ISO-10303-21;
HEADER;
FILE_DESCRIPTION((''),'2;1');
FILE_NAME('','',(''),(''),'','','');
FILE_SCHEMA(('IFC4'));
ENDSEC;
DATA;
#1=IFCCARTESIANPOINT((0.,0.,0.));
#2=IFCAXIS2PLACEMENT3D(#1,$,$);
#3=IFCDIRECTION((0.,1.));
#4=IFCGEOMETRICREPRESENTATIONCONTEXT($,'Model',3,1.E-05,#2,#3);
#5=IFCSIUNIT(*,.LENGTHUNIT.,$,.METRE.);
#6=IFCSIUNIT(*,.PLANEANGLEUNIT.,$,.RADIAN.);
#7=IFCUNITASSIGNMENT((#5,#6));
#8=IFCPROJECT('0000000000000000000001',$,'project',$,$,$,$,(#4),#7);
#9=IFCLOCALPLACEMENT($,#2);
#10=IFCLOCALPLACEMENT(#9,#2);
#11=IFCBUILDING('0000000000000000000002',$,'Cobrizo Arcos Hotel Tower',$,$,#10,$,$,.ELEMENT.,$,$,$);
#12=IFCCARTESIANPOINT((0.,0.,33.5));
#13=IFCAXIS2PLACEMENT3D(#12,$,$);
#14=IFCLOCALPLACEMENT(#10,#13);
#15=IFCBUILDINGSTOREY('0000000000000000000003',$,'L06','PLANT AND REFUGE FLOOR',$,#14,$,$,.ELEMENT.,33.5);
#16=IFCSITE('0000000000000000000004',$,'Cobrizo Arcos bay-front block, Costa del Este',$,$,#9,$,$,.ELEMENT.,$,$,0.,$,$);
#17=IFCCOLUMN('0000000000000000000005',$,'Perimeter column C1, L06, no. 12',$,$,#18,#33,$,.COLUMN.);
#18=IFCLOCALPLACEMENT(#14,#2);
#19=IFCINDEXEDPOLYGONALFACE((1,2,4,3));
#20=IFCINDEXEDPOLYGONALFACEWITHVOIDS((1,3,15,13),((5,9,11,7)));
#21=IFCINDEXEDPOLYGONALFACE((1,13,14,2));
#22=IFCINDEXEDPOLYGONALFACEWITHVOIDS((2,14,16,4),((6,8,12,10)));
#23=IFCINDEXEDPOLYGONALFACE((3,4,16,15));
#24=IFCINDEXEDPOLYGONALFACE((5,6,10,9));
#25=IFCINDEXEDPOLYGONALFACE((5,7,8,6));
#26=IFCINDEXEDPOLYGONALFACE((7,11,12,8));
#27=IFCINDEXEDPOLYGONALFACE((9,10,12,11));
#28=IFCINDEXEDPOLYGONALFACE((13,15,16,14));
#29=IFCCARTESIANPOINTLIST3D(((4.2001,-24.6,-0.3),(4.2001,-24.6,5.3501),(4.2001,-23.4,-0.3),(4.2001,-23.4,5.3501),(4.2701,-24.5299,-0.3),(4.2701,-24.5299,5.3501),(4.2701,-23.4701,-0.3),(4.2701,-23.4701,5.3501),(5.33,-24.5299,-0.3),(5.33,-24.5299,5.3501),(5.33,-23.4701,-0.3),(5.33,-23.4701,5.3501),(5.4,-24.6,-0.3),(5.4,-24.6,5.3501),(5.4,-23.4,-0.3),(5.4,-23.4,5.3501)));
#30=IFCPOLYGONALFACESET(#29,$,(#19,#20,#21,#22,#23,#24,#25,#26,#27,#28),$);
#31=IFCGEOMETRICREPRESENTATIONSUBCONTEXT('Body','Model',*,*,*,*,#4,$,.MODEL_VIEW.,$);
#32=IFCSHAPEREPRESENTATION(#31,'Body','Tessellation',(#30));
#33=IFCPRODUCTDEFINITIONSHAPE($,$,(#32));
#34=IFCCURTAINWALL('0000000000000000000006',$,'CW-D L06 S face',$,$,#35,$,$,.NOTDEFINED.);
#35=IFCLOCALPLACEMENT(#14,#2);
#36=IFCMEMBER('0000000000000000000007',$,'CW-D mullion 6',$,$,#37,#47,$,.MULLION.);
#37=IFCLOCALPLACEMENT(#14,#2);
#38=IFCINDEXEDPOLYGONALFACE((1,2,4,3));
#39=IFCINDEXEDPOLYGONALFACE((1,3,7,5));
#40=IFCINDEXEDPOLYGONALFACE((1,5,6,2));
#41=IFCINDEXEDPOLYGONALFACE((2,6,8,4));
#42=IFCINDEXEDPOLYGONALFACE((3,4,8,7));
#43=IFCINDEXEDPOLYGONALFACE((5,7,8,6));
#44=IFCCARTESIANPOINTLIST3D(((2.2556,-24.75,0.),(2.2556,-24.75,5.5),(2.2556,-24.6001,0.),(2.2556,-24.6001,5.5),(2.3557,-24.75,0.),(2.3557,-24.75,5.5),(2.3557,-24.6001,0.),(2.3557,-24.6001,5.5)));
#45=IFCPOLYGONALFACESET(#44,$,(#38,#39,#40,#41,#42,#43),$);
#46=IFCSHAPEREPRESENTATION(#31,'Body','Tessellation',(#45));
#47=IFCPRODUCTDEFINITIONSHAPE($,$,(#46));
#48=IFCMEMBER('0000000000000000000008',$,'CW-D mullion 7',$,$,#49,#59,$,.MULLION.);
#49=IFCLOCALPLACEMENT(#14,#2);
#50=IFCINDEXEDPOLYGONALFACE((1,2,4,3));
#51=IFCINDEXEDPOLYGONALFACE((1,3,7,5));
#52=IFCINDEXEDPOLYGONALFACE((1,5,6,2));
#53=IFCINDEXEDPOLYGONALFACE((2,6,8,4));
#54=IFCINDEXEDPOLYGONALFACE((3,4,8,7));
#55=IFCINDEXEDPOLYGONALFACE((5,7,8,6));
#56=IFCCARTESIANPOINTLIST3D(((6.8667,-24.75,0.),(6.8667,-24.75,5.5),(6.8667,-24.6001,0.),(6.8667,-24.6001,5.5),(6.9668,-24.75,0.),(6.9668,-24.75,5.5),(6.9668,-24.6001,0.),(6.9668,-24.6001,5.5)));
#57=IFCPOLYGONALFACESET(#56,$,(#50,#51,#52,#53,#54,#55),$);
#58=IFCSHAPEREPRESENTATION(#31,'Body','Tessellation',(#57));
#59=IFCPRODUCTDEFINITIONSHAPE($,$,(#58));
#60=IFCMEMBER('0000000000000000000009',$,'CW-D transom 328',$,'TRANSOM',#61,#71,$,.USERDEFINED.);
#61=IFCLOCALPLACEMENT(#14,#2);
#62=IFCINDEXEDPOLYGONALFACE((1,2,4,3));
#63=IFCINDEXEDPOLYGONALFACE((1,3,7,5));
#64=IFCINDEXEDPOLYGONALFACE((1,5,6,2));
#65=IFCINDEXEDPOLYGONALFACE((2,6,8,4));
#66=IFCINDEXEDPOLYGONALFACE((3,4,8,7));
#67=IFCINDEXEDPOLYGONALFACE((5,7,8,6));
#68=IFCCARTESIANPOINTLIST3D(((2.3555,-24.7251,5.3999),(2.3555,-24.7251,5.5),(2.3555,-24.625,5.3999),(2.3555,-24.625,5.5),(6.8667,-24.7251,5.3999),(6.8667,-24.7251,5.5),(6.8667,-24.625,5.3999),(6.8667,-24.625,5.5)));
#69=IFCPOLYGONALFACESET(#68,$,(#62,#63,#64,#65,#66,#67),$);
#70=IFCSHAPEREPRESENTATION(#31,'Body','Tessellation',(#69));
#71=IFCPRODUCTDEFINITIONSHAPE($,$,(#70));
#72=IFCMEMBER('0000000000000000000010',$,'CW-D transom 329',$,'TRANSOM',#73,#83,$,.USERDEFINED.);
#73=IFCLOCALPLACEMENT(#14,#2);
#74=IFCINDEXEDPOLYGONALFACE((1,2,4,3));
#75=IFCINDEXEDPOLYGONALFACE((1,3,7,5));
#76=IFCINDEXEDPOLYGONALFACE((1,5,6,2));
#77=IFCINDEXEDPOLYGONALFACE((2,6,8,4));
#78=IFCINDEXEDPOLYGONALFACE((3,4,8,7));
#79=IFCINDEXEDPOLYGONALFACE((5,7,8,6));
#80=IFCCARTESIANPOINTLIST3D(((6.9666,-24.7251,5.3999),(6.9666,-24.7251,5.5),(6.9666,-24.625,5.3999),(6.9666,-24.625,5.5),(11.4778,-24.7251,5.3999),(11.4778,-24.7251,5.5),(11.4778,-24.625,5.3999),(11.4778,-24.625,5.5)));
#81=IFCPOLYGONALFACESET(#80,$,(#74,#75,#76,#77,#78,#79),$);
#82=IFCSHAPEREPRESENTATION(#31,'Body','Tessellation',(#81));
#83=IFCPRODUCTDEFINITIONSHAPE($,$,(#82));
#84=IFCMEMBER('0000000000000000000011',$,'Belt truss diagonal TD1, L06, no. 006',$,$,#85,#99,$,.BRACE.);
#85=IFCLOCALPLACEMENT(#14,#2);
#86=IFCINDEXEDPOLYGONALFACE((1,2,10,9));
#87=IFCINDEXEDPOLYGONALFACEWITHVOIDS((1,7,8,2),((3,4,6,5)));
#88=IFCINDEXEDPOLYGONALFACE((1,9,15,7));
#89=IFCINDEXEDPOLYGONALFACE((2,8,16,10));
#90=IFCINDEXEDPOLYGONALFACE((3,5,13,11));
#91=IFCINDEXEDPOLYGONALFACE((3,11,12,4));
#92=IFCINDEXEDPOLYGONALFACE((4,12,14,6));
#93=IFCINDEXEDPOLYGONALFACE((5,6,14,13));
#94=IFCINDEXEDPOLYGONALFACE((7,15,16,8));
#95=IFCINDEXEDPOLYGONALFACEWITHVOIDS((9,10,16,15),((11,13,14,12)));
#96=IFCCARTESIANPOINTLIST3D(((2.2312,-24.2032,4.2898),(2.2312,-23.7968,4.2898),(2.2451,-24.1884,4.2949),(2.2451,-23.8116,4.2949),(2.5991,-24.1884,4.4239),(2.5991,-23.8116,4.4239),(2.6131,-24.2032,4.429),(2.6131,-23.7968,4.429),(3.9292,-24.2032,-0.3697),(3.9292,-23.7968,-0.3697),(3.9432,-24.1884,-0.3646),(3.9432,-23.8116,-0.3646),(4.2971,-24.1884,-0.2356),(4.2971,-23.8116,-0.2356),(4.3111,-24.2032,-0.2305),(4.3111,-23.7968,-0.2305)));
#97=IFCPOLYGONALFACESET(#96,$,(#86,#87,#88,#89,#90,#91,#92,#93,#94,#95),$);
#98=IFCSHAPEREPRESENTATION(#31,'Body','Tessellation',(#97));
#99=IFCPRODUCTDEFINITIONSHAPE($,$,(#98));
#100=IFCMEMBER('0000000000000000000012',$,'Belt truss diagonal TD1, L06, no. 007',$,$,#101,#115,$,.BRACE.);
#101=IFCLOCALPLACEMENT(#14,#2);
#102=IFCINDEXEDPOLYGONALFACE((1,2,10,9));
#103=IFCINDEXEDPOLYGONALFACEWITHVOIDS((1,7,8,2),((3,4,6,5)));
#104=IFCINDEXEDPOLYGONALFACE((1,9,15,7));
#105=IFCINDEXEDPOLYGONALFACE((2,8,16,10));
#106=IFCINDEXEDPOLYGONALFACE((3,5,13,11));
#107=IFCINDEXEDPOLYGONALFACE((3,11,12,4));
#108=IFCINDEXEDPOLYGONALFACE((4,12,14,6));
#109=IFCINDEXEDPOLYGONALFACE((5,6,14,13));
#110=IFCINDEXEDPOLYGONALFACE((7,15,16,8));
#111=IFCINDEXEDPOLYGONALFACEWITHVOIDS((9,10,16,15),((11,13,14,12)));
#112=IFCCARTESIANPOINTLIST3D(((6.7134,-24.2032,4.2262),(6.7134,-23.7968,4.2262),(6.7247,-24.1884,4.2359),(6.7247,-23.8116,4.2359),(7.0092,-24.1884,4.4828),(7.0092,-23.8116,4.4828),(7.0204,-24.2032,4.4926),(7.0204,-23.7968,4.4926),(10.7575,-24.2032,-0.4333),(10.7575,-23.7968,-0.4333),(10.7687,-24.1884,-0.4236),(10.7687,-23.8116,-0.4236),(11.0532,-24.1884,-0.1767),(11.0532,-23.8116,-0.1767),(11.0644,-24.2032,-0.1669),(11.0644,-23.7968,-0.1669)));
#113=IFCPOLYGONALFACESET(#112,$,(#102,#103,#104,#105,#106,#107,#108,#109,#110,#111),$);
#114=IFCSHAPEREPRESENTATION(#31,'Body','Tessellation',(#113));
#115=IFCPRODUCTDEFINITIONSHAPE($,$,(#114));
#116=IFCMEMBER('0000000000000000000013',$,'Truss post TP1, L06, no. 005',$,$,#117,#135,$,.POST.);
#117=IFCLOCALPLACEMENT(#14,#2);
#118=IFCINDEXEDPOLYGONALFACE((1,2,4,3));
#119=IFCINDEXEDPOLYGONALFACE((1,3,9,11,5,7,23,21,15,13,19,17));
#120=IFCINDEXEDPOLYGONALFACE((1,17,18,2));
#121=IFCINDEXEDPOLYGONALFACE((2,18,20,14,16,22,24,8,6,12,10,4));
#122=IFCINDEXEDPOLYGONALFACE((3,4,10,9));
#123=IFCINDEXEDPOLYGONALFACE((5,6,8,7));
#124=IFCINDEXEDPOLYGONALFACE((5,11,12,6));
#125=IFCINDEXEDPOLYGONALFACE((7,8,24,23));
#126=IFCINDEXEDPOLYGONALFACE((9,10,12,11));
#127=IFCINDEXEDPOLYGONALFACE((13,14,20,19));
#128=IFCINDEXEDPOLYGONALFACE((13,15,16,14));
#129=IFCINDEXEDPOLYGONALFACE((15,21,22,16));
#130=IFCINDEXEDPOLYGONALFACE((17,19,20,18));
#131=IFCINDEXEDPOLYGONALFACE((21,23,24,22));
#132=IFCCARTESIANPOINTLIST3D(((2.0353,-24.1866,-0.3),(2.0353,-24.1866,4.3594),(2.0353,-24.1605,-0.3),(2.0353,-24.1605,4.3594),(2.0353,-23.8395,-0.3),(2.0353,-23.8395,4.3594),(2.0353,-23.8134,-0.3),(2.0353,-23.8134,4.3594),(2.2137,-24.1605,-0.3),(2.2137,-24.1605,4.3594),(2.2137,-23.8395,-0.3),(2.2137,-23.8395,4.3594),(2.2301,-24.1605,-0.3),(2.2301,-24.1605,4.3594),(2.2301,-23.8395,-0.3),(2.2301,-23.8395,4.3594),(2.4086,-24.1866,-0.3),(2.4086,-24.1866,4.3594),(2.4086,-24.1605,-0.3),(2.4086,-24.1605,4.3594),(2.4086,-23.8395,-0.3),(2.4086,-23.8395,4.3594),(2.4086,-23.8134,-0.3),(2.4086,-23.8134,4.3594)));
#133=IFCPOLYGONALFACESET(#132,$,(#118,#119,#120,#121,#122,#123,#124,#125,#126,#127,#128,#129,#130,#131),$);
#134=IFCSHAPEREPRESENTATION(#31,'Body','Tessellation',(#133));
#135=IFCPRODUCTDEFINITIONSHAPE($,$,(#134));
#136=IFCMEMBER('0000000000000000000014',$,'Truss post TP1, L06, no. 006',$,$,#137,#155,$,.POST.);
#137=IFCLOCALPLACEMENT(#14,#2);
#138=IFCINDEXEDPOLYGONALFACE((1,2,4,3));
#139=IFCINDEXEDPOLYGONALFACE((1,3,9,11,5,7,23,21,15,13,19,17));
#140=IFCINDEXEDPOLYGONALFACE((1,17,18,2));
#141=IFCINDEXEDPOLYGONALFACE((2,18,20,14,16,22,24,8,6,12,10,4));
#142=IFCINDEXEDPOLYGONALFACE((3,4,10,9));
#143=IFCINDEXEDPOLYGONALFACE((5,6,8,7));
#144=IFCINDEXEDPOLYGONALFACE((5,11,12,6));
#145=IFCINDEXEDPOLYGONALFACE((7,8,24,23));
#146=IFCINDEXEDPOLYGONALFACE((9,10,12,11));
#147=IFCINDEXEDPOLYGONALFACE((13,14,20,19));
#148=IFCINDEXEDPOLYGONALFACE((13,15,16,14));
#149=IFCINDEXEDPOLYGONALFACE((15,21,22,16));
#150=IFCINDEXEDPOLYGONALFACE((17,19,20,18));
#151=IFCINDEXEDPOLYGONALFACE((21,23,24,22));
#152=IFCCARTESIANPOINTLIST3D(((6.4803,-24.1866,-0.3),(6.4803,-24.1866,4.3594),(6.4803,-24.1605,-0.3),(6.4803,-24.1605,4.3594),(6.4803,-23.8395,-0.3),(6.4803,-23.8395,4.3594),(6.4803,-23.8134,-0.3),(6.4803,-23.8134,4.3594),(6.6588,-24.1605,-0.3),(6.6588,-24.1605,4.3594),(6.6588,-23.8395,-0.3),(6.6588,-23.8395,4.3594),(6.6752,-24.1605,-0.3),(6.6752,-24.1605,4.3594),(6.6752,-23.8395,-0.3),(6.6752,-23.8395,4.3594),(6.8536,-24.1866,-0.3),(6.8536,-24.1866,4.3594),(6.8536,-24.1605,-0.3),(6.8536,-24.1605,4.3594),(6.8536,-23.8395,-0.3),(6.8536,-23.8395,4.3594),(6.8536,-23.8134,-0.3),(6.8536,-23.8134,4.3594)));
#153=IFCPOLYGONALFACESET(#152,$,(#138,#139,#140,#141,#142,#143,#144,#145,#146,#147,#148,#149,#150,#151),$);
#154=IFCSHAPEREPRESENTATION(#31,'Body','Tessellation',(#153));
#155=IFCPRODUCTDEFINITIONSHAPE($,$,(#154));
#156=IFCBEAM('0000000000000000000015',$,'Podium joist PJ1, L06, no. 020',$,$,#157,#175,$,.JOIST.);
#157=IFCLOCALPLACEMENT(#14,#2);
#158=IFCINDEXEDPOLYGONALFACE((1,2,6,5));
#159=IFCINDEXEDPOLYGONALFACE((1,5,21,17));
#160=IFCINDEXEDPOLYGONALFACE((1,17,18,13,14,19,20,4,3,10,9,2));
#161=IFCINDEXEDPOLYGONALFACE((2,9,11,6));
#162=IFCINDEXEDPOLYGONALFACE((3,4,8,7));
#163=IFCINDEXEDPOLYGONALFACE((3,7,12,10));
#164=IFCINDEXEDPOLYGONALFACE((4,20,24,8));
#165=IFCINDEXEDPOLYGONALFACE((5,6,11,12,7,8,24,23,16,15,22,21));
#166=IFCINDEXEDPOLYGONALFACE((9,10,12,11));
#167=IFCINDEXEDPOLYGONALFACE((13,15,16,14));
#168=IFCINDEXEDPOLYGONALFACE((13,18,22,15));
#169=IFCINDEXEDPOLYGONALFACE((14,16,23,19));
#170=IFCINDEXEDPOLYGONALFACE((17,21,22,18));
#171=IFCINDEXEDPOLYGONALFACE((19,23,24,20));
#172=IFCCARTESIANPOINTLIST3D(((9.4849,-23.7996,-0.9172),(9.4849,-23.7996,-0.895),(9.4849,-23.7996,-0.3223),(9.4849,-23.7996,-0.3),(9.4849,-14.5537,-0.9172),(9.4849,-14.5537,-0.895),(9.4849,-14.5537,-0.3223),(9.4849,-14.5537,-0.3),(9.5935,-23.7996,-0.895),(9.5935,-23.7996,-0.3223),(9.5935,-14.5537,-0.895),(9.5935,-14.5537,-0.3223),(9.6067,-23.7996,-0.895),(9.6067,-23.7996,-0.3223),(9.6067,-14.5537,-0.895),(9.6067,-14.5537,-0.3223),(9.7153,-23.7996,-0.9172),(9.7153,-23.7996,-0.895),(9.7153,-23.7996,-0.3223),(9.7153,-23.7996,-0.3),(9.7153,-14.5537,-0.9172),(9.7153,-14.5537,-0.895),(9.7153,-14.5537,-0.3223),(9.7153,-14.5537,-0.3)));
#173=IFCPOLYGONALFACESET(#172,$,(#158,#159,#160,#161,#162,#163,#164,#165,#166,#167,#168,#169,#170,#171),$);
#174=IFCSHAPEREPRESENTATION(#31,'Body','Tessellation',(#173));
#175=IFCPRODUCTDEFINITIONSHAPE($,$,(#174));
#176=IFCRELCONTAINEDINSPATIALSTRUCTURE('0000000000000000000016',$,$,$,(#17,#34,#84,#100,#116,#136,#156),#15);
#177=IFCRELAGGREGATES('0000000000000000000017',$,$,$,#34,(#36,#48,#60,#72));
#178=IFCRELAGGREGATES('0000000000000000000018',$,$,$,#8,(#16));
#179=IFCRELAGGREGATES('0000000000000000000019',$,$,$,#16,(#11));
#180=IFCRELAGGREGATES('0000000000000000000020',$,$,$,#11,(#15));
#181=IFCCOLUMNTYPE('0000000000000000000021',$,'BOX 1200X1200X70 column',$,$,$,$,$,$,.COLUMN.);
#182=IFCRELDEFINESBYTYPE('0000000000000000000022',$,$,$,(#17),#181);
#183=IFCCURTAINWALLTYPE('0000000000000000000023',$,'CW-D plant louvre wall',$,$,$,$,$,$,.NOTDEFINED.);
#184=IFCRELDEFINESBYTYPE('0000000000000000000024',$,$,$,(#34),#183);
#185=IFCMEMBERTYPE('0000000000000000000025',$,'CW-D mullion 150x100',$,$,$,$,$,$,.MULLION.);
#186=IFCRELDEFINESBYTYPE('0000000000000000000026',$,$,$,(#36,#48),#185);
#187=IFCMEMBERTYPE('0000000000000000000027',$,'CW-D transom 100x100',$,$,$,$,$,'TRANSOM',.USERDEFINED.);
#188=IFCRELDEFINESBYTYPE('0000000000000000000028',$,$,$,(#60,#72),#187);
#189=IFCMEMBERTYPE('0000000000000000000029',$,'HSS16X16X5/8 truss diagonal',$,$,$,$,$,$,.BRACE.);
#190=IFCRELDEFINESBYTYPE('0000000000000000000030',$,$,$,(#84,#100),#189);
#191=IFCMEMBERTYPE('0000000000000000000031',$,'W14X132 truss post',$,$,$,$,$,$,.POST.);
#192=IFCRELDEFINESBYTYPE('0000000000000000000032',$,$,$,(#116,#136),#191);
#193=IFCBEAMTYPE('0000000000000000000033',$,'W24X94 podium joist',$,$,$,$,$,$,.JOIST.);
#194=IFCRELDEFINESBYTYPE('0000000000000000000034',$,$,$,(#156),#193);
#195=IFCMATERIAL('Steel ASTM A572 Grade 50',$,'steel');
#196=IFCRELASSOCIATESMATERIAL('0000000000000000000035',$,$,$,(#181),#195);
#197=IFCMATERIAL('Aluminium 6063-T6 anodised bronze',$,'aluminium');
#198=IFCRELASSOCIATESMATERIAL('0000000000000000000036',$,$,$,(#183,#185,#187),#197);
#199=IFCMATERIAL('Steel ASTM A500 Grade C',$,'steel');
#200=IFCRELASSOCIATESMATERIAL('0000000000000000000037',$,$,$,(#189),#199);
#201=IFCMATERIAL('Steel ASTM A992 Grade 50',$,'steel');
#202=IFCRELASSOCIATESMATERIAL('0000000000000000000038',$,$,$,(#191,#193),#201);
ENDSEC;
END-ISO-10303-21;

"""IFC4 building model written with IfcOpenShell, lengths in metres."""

from ifc_helpers import new_model, si_unit, direction, frame, origin, origin_2d, place, context, subcontext, project, spatial, rectangle, hollow_rectangle, i_section, extrude, material, material_profile, profile_set, type_object, element, aggregate, save


model = new_model("IFC4")

# Units and contexts
model_context = context("Model", 3, precision=1e-05, world=origin(), true_north=direction((0.0, 1.0)))
body_context = subcontext(model_context, "Body", "Model", "MODEL_VIEW")
ifc_project = project(units=[si_unit("LENGTHUNIT", "METRE"), si_unit("PLANEANGLEUNIT", "RADIAN")], contexts=[model_context])

# Site, building, storey
site_placement = place(None, origin())
site = spatial("IfcSite", under=ifc_project, at=site_placement, Name="Cobrizo Arcos bay-front block, Costa del Este", CompositionType="ELEMENT", RefElevation=0.0)
building_placement = place(site_placement, origin())
building = spatial("IfcBuilding", under=site, at=building_placement, Name="Cobrizo Arcos Hotel Tower", CompositionType="ELEMENT")
storey_placement = place(building_placement, frame((0.0, 0.0, 33.5)))
storey = spatial("IfcBuildingStorey", under=building, at=storey_placement, Name="L06", Description="PLANT AND REFUGE FLOOR", CompositionType="ELEMENT", Elevation=33.5)

# Column
ifc_material_1 = material(Name="Steel ASTM A572 Grade 50", Category="steel")
ifc_material_profile_1 = material_profile(ifc_material_1, hollow_rectangle(XDim=1.2, YDim=1.2, WallThickness=0.0701, at=origin_2d()), Name="BOX 1200X1200X70")
ifc_profile_set_1 = profile_set([ifc_material_profile_1], Name="Steel ASTM A572 Grade 50")
column_type = type_object("IfcColumnType", Name="BOX 1200X1200X70 column", PredefinedType="COLUMN", material=ifc_profile_set_1)
column_placement = place(storey_placement, frame((4.8, -24.0, -0.3), z_axis=(0.0, 0.0, 1.0), x_axis=(1.0, 0.0, 0.0)))
element("IfcColumn", 1, at=column_placement, inside=storey, type_object=column_type, Name="Perimeter column C1, L06, no. 12", PredefinedType="COLUMN", context=body_context, shape_type="SweptSolid", body=[
    extrude(hollow_rectangle(XDim=1.2, YDim=1.2, WallThickness=0.0701, at=origin_2d()), origin(), (0.0, 0.0, 1.0), 5.6501),
])

# Curtain wall, members
ifc_material_2 = material(Name="Aluminium 6063-T6 anodised bronze", Category="aluminium")
curtain_wall_type = type_object("IfcCurtainWallType", Name="CW-D plant louvre wall", PredefinedType="NOTDEFINED", material=ifc_material_2)
curtain_wall_placement = place(storey_placement, origin())
curtain_wall = element("IfcCurtainWall", 2, at=curtain_wall_placement, inside=storey, type_object=curtain_wall_type, Name="CW-D L06 S face", PredefinedType="NOTDEFINED")
ifc_material_profile_2 = material_profile(ifc_material_2, rectangle(XDim=0.1499, YDim=0.1001, at=origin_2d()), Name="CW-D mullion 150x100")
ifc_profile_set_2 = profile_set([ifc_material_profile_2], Name="Aluminium 6063-T6 anodised bronze")
member_type_1 = type_object("IfcMemberType", Name="CW-D mullion 150x100", PredefinedType="MULLION", material=ifc_profile_set_2)
member_1_placement = place(storey_placement, frame((2.3057, -24.675, 0.0), z_axis=(0.0, 0.0, 1.0), x_axis=(0.0, -1.0, 0.0)))
member_1 = element("IfcMember", 3, at=member_1_placement, type_object=member_type_1, Name="CW-D mullion 6", PredefinedType="MULLION", context=body_context, shape_type="SweptSolid", body=[
    extrude(rectangle(XDim=0.1499, YDim=0.1001, at=origin_2d()), origin(), (0.0, 0.0, 1.0), 5.5),
])
member_2_placement = place(storey_placement, frame((6.9167, -24.675, 0.0), z_axis=(0.0, 0.0, 1.0), x_axis=(0.0, -1.0, 0.0)))
member_2 = element("IfcMember", 4, at=member_2_placement, type_object=member_type_1, Name="CW-D mullion 7", PredefinedType="MULLION", context=body_context, shape_type="SweptSolid", body=[
    extrude(rectangle(XDim=0.1499, YDim=0.1001, at=origin_2d()), origin(), (0.0, 0.0, 1.0), 5.5),
])
ifc_material_profile_3 = material_profile(ifc_material_2, rectangle(XDim=0.1001, YDim=0.1001, at=origin_2d()), Name="CW-D transom 100x100")
ifc_profile_set_3 = profile_set([ifc_material_profile_3], Name="Aluminium 6063-T6 anodised bronze")
member_type_2 = type_object("IfcMemberType", Name="CW-D transom 100x100", ElementType="TRANSOM", PredefinedType="USERDEFINED", material=ifc_profile_set_3)
member_3_placement = place(storey_placement, frame((2.3555, -24.675, 5.45), z_axis=(1.0, 0.0, 0.0), x_axis=(0.0, 1.0, 0.0)))
member_3 = element("IfcMember", 5, at=member_3_placement, type_object=member_type_2, Name="CW-D transom 328", ObjectType="TRANSOM", PredefinedType="USERDEFINED", context=body_context, shape_type="SweptSolid", body=[
    extrude(rectangle(XDim=0.1001, YDim=0.1001, at=origin_2d()), origin(), (0.0, 0.0, 1.0), 4.5112),
])
member_4_placement = place(storey_placement, frame((6.9666, -24.675, 5.45), z_axis=(1.0, 0.0, 0.0), x_axis=(0.0, 1.0, 0.0)))
member_4 = element("IfcMember", 6, at=member_4_placement, type_object=member_type_2, Name="CW-D transom 329", ObjectType="TRANSOM", PredefinedType="USERDEFINED", context=body_context, shape_type="SweptSolid", body=[
    extrude(rectangle(XDim=0.1001, YDim=0.1001, at=origin_2d()), origin(), (0.0, 0.0, 1.0), 4.5112),
])

# Members
ifc_material_3 = material(Name="Steel ASTM A500 Grade C", Category="steel")
ifc_material_profile_4 = material_profile(ifc_material_3, hollow_rectangle(XDim=0.4065, YDim=0.4065, WallThickness=0.0149, at=origin_2d()), Name="HSS16X16X5/8")
ifc_profile_set_4 = profile_set([ifc_material_profile_4], Name="Steel ASTM A500 Grade C")
member_type_3 = type_object("IfcMemberType", Name="HSS16X16X5/8 truss diagonal", PredefinedType="BRACE", material=ifc_profile_set_4)
member_5_placement = place(storey_placement, frame((2.4221, -24.0, 4.3594), z_axis=(0.342395, 0.0, -0.939556), x_axis=(0.0, 1.0, 0.0)))
element("IfcMember", 7, at=member_5_placement, inside=storey, type_object=member_type_3, Name="Belt truss diagonal TD1, L06, no. 006", PredefinedType="BRACE", context=body_context, shape_type="SweptSolid", body=[
    extrude(hollow_rectangle(XDim=0.4065, YDim=0.4065, WallThickness=0.0149, at=origin_2d()), origin(), (0.0, 0.0, 1.0), 4.9592),
])
member_6_placement = place(storey_placement, frame((6.8669, -24.0, 4.3594), z_axis=(0.655465, 0.0, -0.755225), x_axis=(0.0, 1.0, 0.0)))
element("IfcMember", 8, at=member_6_placement, inside=storey, type_object=member_type_3, Name="Belt truss diagonal TD1, L06, no. 007", PredefinedType="BRACE", context=body_context, shape_type="SweptSolid", body=[
    extrude(hollow_rectangle(XDim=0.4065, YDim=0.4065, WallThickness=0.0149, at=origin_2d()), origin(), (0.0, 0.0, 1.0), 6.1697),
])
ifc_material_4 = material(Name="Steel ASTM A992 Grade 50", Category="steel")
ifc_material_profile_5 = material_profile(ifc_material_4, i_section(OverallWidth=0.3733, OverallDepth=0.3733, WebThickness=0.0164, FlangeThickness=0.0261, at=origin_2d()), Name="W14X132")
ifc_profile_set_5 = profile_set([ifc_material_profile_5], Name="Steel ASTM A992 Grade 50")
member_type_4 = type_object("IfcMemberType", Name="W14X132 truss post", PredefinedType="POST", material=ifc_profile_set_5)
for number, where, z_axis, x_axis, name in (
    (9, (2.2219, -24.0, -0.3), (0.0, 0.0, 1.0), (1.0, 0.0, 0.0), "Truss post TP1, L06, no. 005"),
    (10, (6.667, -24.0, -0.3), (0.0, 0.0, 1.0), (1.0, 0.0, 0.0), "Truss post TP1, L06, no. 006"),
):
    element("IfcMember", number, at=place(storey_placement, frame(where, z_axis=z_axis, x_axis=x_axis)), inside=storey, type_object=member_type_4, Name=name, PredefinedType="POST", context=body_context, shape_type="SweptSolid", body=[
        extrude(i_section(OverallWidth=0.3733, OverallDepth=0.3733, WebThickness=0.0164, FlangeThickness=0.0261, at=origin_2d()), origin(), (0.0, 0.0, 1.0), 4.6594),
    ])

# Beam
ifc_material_profile_6 = material_profile(ifc_material_4, i_section(OverallWidth=0.2305, OverallDepth=0.6172, WebThickness=0.0132, FlangeThickness=0.0222, at=origin_2d()), Name="W24X94")
ifc_profile_set_6 = profile_set([ifc_material_profile_6], Name="Steel ASTM A992 Grade 50")
beam_type_1 = type_object("IfcBeamType", Name="W24X94 podium joist", PredefinedType="JOIST", material=ifc_profile_set_6)
beam_1_placement = place(storey_placement, frame((9.6001, -23.7996, -0.6086), z_axis=(0.0, 1.0, 0.0), x_axis=(-1.0, 0.0, 0.0)))
element("IfcBeam", 11, at=beam_1_placement, inside=storey, type_object=beam_type_1, Name="Podium joist PJ1, L06, no. 020", PredefinedType="JOIST", context=body_context, shape_type="SweptSolid", body=[
    extrude(i_section(OverallWidth=0.2305, OverallDepth=0.6172, WebThickness=0.0132, FlangeThickness=0.0222, at=origin_2d()), origin(), (0.0, 0.0, 1.0), 9.2458),
])

aggregate(curtain_wall, [member_1, member_2, member_3, member_4])

save(model, "model.ifc")
